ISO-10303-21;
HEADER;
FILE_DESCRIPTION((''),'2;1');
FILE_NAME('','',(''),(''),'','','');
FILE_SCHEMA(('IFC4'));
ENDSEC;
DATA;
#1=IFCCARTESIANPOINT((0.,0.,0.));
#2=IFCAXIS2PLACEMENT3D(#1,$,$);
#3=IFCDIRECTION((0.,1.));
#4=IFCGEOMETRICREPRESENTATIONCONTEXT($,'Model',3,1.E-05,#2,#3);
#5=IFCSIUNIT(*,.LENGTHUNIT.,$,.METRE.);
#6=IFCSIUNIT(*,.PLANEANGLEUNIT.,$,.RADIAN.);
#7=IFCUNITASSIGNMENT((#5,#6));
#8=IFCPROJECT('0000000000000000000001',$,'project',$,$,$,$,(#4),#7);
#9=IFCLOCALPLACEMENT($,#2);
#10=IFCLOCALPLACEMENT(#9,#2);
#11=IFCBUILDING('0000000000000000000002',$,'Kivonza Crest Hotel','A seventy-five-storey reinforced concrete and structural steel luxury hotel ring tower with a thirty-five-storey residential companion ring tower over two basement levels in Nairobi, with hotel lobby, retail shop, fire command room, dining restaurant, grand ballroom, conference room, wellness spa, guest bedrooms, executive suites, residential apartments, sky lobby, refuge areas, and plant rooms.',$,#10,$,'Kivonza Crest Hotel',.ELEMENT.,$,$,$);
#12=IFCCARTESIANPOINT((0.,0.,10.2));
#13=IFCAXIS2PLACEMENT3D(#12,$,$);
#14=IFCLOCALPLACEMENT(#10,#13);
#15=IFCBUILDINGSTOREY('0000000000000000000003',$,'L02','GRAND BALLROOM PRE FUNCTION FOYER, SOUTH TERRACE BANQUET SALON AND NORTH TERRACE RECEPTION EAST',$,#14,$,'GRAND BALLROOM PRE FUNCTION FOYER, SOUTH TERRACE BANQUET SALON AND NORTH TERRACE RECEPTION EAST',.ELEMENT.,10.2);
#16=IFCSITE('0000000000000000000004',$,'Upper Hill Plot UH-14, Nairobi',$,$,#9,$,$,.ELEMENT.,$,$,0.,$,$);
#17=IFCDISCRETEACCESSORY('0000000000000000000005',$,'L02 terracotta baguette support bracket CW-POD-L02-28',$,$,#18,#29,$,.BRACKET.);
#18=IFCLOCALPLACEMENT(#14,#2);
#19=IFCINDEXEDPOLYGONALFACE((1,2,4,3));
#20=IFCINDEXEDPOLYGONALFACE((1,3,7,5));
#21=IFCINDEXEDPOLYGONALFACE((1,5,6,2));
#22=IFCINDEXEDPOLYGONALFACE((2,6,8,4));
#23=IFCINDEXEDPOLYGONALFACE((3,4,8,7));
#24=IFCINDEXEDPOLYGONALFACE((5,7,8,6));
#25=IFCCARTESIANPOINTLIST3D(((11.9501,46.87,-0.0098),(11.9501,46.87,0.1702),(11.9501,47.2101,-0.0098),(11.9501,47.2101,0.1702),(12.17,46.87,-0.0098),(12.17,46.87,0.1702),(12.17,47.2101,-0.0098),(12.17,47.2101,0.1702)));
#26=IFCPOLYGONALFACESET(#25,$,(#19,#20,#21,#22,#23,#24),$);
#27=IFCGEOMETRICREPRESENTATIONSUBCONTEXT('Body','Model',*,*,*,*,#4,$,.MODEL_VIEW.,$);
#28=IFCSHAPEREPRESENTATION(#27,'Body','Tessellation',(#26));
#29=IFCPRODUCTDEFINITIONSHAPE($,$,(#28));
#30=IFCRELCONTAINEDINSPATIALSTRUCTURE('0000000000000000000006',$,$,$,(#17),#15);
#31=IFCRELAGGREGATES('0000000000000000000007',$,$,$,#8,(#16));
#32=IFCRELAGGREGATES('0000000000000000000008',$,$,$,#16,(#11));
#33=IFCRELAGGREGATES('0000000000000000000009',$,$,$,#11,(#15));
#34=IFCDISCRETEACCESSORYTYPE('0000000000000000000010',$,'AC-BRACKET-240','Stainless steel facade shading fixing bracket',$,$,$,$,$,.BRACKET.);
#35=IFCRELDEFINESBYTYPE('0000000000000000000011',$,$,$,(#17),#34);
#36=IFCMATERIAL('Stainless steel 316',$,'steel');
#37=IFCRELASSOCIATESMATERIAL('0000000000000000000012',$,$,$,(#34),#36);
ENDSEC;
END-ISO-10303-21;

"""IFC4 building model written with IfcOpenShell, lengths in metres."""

from ifc_helpers import new_model, si_unit, direction, frame, origin, origin_2d, place, context, subcontext, project, spatial, rectangle, extrude, material, type_object, element, save


model = new_model("IFC4")

# Units and contexts
model_context = context("Model", 3, precision=1e-05, world=origin(), true_north=direction((0.0, 1.0)))
body_context = subcontext(model_context, "Body", "Model", "MODEL_VIEW")
ifc_project = project(units=[si_unit("LENGTHUNIT", "METRE"), si_unit("PLANEANGLEUNIT", "RADIAN")], contexts=[model_context])

# Site, building, storey
site_placement = place(None, origin())
site = spatial("IfcSite", under=ifc_project, at=site_placement, Name="Upper Hill Plot UH-14, Nairobi", CompositionType="ELEMENT", RefElevation=0.0)
building_placement = place(site_placement, origin())
building = spatial("IfcBuilding", under=site, at=building_placement, Name="Kivonza Crest Hotel", Description="A seventy-five-storey reinforced concrete and structural steel luxury hotel ring tower with a thirty-five-storey residential companion ring tower over two basement levels in Nairobi, with hotel lobby, retail shop, fire command room, dining restaurant, grand ballroom, conference room, wellness spa, guest bedrooms, executive suites, residential apartments, sky lobby, refuge areas, and plant rooms.", LongName="Kivonza Crest Hotel", CompositionType="ELEMENT")
storey_placement = place(building_placement, frame((0.0, 0.0, 10.2)))
storey = spatial("IfcBuildingStorey", under=building, at=storey_placement, Name="L02", Description="GRAND BALLROOM PRE FUNCTION FOYER, SOUTH TERRACE BANQUET SALON AND NORTH TERRACE RECEPTION EAST", LongName="GRAND BALLROOM PRE FUNCTION FOYER, SOUTH TERRACE BANQUET SALON AND NORTH TERRACE RECEPTION EAST", CompositionType="ELEMENT", Elevation=10.2)

# Discrete accessory
ifc_material_1 = material(Name="Stainless steel 316", Category="steel")
discrete_accessory_type = type_object("IfcDiscreteAccessoryType", Name="AC-BRACKET-240", Description="Stainless steel facade shading fixing bracket", PredefinedType="BRACKET", material=ifc_material_1)
discrete_accessory_placement = place(storey_placement, frame((12.0601, 47.04, -0.0098), z_axis=(0.0, 0.0, 1.0), x_axis=(-1.0, 0.0, 0.0)))
element("IfcDiscreteAccessory", 1, at=discrete_accessory_placement, inside=storey, type_object=discrete_accessory_type, Name="L02 terracotta baguette support bracket CW-POD-L02-28", PredefinedType="BRACKET", context=body_context, shape_type="SweptSolid", body=[
    extrude(rectangle(XDim=0.22, YDim=0.3401, at=origin_2d()), origin(), (0.0, 0.0, 1.0), 0.1799),
])

save(model, "model.ifc")
